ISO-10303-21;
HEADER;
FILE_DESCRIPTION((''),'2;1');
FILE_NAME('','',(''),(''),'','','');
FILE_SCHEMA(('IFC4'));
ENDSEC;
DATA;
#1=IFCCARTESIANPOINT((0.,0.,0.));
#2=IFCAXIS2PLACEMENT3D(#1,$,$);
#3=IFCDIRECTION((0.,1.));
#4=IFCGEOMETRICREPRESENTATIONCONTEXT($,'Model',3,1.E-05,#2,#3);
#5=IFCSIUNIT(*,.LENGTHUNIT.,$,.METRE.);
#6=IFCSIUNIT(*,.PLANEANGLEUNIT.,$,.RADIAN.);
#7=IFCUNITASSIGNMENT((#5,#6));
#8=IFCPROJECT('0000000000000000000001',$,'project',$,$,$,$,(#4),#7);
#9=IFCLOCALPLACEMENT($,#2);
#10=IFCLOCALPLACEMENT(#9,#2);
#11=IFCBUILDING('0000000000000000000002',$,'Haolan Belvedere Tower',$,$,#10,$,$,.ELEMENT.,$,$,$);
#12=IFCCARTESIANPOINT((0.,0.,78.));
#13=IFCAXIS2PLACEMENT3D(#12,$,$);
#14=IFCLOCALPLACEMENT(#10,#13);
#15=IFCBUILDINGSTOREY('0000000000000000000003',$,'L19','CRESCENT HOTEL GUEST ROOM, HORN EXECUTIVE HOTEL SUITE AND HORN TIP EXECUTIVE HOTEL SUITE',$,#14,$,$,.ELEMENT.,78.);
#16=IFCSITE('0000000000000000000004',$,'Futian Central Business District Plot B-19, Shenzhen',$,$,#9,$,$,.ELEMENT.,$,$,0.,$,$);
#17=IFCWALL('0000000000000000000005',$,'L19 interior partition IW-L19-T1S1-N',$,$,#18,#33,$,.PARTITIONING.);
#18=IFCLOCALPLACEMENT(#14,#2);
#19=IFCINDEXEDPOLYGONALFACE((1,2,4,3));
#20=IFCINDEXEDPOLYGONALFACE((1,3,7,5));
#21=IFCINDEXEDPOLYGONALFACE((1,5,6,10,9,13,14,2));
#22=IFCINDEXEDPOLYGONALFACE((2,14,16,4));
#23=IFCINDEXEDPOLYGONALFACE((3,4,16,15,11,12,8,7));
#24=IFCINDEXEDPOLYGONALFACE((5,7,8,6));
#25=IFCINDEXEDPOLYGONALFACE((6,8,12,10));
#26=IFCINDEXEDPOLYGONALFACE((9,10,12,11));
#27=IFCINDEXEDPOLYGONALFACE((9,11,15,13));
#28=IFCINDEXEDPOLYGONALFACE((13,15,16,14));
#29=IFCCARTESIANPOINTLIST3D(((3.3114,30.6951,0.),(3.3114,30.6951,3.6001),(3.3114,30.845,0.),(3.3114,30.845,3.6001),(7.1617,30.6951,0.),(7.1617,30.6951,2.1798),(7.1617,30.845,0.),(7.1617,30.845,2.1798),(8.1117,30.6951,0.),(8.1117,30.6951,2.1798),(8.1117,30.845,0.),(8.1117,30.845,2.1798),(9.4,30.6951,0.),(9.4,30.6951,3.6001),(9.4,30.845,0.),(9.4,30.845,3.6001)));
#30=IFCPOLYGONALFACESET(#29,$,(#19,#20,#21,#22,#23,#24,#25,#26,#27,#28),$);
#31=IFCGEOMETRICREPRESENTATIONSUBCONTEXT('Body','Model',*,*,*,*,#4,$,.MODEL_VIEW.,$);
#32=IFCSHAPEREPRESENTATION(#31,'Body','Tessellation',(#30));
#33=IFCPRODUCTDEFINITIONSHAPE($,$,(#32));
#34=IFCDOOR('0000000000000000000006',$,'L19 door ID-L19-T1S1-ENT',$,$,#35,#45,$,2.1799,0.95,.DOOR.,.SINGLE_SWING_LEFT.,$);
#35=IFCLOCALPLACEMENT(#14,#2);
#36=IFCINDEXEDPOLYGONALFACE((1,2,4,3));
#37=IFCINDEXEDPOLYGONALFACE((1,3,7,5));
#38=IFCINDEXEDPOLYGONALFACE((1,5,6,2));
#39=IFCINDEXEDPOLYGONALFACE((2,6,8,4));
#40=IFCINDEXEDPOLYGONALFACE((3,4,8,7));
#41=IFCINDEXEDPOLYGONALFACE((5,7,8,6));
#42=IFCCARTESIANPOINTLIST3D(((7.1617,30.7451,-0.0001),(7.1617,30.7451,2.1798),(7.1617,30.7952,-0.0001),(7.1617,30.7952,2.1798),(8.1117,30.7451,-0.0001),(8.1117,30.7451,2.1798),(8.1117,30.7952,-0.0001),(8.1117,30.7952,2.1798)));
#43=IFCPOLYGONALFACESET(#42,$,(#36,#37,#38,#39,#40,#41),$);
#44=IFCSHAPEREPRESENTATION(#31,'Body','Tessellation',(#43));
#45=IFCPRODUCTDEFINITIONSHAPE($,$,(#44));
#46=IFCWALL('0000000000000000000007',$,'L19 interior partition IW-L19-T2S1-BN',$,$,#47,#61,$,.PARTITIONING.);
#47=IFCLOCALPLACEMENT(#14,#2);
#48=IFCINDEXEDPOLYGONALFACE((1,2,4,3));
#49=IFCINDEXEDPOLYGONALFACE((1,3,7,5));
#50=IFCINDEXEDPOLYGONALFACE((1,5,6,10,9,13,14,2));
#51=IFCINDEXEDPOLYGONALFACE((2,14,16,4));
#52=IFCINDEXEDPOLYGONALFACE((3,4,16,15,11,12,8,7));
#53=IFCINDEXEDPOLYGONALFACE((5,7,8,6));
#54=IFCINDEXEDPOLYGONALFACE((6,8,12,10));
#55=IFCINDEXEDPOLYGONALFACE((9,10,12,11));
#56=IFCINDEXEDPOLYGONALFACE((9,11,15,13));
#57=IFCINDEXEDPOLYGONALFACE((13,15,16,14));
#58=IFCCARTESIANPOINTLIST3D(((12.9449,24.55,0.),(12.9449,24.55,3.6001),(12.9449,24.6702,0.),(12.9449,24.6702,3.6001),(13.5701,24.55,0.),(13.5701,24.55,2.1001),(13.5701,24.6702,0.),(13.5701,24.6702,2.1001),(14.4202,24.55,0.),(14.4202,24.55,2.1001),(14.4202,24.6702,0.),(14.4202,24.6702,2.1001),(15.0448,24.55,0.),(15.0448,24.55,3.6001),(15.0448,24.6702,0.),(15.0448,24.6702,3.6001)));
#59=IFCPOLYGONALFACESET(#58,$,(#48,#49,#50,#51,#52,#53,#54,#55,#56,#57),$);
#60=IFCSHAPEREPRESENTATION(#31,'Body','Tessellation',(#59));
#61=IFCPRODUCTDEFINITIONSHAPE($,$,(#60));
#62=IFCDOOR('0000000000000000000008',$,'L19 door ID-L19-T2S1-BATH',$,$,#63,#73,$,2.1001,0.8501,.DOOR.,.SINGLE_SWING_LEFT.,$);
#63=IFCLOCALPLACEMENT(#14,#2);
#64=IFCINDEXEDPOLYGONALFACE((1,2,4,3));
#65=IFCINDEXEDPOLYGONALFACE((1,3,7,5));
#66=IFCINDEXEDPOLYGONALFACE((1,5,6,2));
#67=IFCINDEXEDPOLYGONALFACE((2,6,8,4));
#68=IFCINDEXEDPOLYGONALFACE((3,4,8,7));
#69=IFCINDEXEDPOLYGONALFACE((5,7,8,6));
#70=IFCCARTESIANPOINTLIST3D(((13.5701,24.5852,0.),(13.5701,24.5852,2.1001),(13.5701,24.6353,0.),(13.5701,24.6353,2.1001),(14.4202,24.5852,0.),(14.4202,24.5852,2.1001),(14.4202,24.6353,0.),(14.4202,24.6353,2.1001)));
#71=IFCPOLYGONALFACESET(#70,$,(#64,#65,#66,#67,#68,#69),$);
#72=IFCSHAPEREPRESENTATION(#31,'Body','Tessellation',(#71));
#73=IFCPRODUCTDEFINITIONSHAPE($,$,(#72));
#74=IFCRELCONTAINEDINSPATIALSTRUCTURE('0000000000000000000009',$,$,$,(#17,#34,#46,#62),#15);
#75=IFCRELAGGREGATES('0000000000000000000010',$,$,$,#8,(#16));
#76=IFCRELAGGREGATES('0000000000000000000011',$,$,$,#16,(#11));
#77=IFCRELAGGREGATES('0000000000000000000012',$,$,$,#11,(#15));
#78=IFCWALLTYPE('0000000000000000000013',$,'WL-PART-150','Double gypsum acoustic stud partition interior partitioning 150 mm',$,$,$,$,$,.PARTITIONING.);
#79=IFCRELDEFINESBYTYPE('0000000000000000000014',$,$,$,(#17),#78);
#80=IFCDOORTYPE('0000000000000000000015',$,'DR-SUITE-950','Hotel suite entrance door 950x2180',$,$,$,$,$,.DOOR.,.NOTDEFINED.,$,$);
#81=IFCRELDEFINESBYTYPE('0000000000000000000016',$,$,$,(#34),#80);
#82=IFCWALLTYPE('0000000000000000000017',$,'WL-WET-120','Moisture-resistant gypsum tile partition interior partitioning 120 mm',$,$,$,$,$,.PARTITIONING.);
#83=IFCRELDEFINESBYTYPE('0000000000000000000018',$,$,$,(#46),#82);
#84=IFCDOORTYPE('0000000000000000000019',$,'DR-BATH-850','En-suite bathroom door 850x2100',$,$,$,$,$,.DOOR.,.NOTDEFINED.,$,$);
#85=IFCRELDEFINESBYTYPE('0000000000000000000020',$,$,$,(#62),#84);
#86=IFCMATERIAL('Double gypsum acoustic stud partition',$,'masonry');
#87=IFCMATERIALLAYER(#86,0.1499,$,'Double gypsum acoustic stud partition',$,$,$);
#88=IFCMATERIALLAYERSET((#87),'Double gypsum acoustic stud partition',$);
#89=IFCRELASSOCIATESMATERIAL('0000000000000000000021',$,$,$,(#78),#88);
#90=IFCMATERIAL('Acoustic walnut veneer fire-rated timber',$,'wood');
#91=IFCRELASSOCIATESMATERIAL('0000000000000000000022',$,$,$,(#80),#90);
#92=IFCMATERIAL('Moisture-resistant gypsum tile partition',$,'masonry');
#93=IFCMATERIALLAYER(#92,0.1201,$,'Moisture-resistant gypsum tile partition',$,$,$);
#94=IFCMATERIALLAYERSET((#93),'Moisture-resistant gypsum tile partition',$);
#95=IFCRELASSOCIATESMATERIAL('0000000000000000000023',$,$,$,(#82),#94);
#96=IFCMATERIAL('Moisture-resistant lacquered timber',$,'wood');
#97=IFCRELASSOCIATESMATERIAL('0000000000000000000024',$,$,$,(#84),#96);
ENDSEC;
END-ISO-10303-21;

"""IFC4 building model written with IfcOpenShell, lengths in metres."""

from ifc_helpers import new_model, si_unit, direction, frame, frame_2d, origin, place, context, subcontext, project, spatial, rectangle, extrude, material, layer, layer_set, type_object, element, fill, save


model = new_model("IFC4")

# Units and contexts
model_context = context("Model", 3, precision=1e-05, world=origin(), true_north=direction((0.0, 1.0)))
body_context = subcontext(model_context, "Body", "Model", "MODEL_VIEW")
ifc_project = project(units=[si_unit("LENGTHUNIT", "METRE"), si_unit("PLANEANGLEUNIT", "RADIAN")], contexts=[model_context])

# Site, building, storey
site_placement = place(None, origin())
site = spatial("IfcSite", under=ifc_project, at=site_placement, Name="Futian Central Business District Plot B-19, Shenzhen", CompositionType="ELEMENT", RefElevation=0.0)
building_placement = place(site_placement, origin())
building = spatial("IfcBuilding", under=site, at=building_placement, Name="Haolan Belvedere Tower", CompositionType="ELEMENT")
storey_placement = place(building_placement, frame((0.0, 0.0, 78.0)))
storey = spatial("IfcBuildingStorey", under=building, at=storey_placement, Name="L19", Description="CRESCENT HOTEL GUEST ROOM, HORN EXECUTIVE HOTEL SUITE AND HORN TIP EXECUTIVE HOTEL SUITE", CompositionType="ELEMENT", Elevation=78.0)

# Walls, openings, doors
ifc_material_1 = material(Name="Double gypsum acoustic stud partition", Category="masonry")
ifc_layer_1 = layer(ifc_material_1, 0.1499, Name="Double gypsum acoustic stud partition")
ifc_layer_set_1 = layer_set([ifc_layer_1], Name="Double gypsum acoustic stud partition")
wall_type_1 = type_object("IfcWallType", Name="WL-PART-150", Description="Double gypsum acoustic stud partition interior partitioning 150 mm", PredefinedType="PARTITIONING", material=ifc_layer_set_1)
ifc_material_2 = material(Name="Acoustic walnut veneer fire-rated timber", Category="wood")
door_type_1 = type_object("IfcDoorType", Name="DR-SUITE-950", Description="Hotel suite entrance door 950x2180", OperationType="NOTDEFINED", PredefinedType="DOOR", material=ifc_material_2)
wall_1_placement = place(storey_placement, frame((3.3113, 30.77, 0.0), z_axis=(0.0, 0.0, 1.0), x_axis=(1.0, 0.0, 0.0)))
wall_1 = element("IfcWall", 1, at=wall_1_placement, inside=storey, type_object=wall_type_1, Name="L19 interior partition IW-L19-T1S1-N", PredefinedType="PARTITIONING", context=body_context, shape_type="SweptSolid", body=[
    extrude(rectangle(XDim=6.0886, YDim=0.1499, at=frame_2d((3.0444, 0.0))), origin(), (0.0, 0.0, 1.0), 3.6001),
])
opening_1_placement = place(wall_1_placement, frame((4.8005, 0.0, 0.0), z_axis=(0.0, 0.0, 1.0), x_axis=(-1.0, 0.0, 0.0)))
opening_1 = element("IfcOpeningElement", 2, at=opening_1_placement, cuts=wall_1, PredefinedType="OPENING", context=body_context, shape_type="SweptSolid", body=[
    extrude(rectangle(XDim=0.95, YDim=2.1799, at=frame_2d((0.4751, 1.0898))), frame((0.0, 0.085, 0.0), z_axis=(0.0, -1.0, 0.0), x_axis=(1.0, 0.0, 0.0)), (0.0, 0.0, 1.0), 0.1699),
])
door_1_placement = place(opening_1_placement, origin())
door_1 = element("IfcDoor", 3, at=door_1_placement, inside=storey, type_object=door_type_1, Name="L19 door ID-L19-T1S1-ENT", OperationType="SINGLE_SWING_LEFT", OverallHeight=2.1799, OverallWidth=0.95, PredefinedType="DOOR", context=body_context, shape_type="SweptSolid", body=[
    extrude(rectangle(XDim=0.95, YDim=2.1799, at=frame_2d((0.4751, 1.0898))), frame((0.0, 0.0249, 0.0), z_axis=(0.0, -1.0, 0.0), x_axis=(1.0, 0.0, 0.0)), (0.0, 0.0, 1.0), 0.05),
])
fill(opening_1, door_1)
ifc_material_3 = material(Name="Moisture-resistant gypsum tile partition", Category="masonry")
ifc_layer_2 = layer(ifc_material_3, 0.1201, Name="Moisture-resistant gypsum tile partition")
ifc_layer_set_2 = layer_set([ifc_layer_2], Name="Moisture-resistant gypsum tile partition")
wall_type_2 = type_object("IfcWallType", Name="WL-WET-120", Description="Moisture-resistant gypsum tile partition interior partitioning 120 mm", PredefinedType="PARTITIONING", material=ifc_layer_set_2)
wall_2_placement = place(storey_placement, frame((12.9451, 24.6101, 0.0), z_axis=(0.0, 0.0, 1.0), x_axis=(1.0, 0.0, 0.0)))
wall_2 = element("IfcWall", 4, at=wall_2_placement, inside=storey, type_object=wall_type_2, Name="L19 interior partition IW-L19-T2S1-BN", PredefinedType="PARTITIONING", context=body_context, shape_type="SweptSolid", body=[
    extrude(rectangle(XDim=2.0999, YDim=0.1201, at=frame_2d((1.0498, 0.0))), origin(), (0.0, 0.0, 1.0), 3.6001),
])
opening_2_placement = place(wall_2_placement, frame((1.4751, 0.0, 0.0), z_axis=(0.0, 0.0, 1.0), x_axis=(-1.0, 0.0, 0.0)))
opening_2 = element("IfcOpeningElement", 5, at=opening_2_placement, cuts=wall_2, PredefinedType="OPENING", context=body_context, shape_type="SweptSolid", body=[
    extrude(rectangle(XDim=0.8501, YDim=2.1001, at=frame_2d((0.425, 1.05))), frame((0.0, 0.0701, 0.0), z_axis=(0.0, -1.0, 0.0), x_axis=(1.0, 0.0, 0.0)), (0.0, 0.0, 1.0), 0.1401),
])
ifc_material_4 = material(Name="Moisture-resistant lacquered timber", Category="wood")
door_type_2 = type_object("IfcDoorType", Name="DR-BATH-850", Description="En-suite bathroom door 850x2100", OperationType="NOTDEFINED", PredefinedType="DOOR", material=ifc_material_4)
door_2_placement = place(opening_2_placement, origin())
door_2 = element("IfcDoor", 6, at=door_2_placement, inside=storey, type_object=door_type_2, Name="L19 door ID-L19-T2S1-BATH", OperationType="SINGLE_SWING_LEFT", OverallHeight=2.1001, OverallWidth=0.8501, PredefinedType="DOOR", context=body_context, shape_type="SweptSolid", body=[
    extrude(rectangle(XDim=0.8501, YDim=2.1001, at=frame_2d((0.425, 1.05))), frame((0.0, 0.0249, 0.0), z_axis=(0.0, -1.0, 0.0), x_axis=(1.0, 0.0, 0.0)), (0.0, 0.0, 1.0), 0.05),
])
fill(opening_2, door_2)

save(model, "model.ifc")
